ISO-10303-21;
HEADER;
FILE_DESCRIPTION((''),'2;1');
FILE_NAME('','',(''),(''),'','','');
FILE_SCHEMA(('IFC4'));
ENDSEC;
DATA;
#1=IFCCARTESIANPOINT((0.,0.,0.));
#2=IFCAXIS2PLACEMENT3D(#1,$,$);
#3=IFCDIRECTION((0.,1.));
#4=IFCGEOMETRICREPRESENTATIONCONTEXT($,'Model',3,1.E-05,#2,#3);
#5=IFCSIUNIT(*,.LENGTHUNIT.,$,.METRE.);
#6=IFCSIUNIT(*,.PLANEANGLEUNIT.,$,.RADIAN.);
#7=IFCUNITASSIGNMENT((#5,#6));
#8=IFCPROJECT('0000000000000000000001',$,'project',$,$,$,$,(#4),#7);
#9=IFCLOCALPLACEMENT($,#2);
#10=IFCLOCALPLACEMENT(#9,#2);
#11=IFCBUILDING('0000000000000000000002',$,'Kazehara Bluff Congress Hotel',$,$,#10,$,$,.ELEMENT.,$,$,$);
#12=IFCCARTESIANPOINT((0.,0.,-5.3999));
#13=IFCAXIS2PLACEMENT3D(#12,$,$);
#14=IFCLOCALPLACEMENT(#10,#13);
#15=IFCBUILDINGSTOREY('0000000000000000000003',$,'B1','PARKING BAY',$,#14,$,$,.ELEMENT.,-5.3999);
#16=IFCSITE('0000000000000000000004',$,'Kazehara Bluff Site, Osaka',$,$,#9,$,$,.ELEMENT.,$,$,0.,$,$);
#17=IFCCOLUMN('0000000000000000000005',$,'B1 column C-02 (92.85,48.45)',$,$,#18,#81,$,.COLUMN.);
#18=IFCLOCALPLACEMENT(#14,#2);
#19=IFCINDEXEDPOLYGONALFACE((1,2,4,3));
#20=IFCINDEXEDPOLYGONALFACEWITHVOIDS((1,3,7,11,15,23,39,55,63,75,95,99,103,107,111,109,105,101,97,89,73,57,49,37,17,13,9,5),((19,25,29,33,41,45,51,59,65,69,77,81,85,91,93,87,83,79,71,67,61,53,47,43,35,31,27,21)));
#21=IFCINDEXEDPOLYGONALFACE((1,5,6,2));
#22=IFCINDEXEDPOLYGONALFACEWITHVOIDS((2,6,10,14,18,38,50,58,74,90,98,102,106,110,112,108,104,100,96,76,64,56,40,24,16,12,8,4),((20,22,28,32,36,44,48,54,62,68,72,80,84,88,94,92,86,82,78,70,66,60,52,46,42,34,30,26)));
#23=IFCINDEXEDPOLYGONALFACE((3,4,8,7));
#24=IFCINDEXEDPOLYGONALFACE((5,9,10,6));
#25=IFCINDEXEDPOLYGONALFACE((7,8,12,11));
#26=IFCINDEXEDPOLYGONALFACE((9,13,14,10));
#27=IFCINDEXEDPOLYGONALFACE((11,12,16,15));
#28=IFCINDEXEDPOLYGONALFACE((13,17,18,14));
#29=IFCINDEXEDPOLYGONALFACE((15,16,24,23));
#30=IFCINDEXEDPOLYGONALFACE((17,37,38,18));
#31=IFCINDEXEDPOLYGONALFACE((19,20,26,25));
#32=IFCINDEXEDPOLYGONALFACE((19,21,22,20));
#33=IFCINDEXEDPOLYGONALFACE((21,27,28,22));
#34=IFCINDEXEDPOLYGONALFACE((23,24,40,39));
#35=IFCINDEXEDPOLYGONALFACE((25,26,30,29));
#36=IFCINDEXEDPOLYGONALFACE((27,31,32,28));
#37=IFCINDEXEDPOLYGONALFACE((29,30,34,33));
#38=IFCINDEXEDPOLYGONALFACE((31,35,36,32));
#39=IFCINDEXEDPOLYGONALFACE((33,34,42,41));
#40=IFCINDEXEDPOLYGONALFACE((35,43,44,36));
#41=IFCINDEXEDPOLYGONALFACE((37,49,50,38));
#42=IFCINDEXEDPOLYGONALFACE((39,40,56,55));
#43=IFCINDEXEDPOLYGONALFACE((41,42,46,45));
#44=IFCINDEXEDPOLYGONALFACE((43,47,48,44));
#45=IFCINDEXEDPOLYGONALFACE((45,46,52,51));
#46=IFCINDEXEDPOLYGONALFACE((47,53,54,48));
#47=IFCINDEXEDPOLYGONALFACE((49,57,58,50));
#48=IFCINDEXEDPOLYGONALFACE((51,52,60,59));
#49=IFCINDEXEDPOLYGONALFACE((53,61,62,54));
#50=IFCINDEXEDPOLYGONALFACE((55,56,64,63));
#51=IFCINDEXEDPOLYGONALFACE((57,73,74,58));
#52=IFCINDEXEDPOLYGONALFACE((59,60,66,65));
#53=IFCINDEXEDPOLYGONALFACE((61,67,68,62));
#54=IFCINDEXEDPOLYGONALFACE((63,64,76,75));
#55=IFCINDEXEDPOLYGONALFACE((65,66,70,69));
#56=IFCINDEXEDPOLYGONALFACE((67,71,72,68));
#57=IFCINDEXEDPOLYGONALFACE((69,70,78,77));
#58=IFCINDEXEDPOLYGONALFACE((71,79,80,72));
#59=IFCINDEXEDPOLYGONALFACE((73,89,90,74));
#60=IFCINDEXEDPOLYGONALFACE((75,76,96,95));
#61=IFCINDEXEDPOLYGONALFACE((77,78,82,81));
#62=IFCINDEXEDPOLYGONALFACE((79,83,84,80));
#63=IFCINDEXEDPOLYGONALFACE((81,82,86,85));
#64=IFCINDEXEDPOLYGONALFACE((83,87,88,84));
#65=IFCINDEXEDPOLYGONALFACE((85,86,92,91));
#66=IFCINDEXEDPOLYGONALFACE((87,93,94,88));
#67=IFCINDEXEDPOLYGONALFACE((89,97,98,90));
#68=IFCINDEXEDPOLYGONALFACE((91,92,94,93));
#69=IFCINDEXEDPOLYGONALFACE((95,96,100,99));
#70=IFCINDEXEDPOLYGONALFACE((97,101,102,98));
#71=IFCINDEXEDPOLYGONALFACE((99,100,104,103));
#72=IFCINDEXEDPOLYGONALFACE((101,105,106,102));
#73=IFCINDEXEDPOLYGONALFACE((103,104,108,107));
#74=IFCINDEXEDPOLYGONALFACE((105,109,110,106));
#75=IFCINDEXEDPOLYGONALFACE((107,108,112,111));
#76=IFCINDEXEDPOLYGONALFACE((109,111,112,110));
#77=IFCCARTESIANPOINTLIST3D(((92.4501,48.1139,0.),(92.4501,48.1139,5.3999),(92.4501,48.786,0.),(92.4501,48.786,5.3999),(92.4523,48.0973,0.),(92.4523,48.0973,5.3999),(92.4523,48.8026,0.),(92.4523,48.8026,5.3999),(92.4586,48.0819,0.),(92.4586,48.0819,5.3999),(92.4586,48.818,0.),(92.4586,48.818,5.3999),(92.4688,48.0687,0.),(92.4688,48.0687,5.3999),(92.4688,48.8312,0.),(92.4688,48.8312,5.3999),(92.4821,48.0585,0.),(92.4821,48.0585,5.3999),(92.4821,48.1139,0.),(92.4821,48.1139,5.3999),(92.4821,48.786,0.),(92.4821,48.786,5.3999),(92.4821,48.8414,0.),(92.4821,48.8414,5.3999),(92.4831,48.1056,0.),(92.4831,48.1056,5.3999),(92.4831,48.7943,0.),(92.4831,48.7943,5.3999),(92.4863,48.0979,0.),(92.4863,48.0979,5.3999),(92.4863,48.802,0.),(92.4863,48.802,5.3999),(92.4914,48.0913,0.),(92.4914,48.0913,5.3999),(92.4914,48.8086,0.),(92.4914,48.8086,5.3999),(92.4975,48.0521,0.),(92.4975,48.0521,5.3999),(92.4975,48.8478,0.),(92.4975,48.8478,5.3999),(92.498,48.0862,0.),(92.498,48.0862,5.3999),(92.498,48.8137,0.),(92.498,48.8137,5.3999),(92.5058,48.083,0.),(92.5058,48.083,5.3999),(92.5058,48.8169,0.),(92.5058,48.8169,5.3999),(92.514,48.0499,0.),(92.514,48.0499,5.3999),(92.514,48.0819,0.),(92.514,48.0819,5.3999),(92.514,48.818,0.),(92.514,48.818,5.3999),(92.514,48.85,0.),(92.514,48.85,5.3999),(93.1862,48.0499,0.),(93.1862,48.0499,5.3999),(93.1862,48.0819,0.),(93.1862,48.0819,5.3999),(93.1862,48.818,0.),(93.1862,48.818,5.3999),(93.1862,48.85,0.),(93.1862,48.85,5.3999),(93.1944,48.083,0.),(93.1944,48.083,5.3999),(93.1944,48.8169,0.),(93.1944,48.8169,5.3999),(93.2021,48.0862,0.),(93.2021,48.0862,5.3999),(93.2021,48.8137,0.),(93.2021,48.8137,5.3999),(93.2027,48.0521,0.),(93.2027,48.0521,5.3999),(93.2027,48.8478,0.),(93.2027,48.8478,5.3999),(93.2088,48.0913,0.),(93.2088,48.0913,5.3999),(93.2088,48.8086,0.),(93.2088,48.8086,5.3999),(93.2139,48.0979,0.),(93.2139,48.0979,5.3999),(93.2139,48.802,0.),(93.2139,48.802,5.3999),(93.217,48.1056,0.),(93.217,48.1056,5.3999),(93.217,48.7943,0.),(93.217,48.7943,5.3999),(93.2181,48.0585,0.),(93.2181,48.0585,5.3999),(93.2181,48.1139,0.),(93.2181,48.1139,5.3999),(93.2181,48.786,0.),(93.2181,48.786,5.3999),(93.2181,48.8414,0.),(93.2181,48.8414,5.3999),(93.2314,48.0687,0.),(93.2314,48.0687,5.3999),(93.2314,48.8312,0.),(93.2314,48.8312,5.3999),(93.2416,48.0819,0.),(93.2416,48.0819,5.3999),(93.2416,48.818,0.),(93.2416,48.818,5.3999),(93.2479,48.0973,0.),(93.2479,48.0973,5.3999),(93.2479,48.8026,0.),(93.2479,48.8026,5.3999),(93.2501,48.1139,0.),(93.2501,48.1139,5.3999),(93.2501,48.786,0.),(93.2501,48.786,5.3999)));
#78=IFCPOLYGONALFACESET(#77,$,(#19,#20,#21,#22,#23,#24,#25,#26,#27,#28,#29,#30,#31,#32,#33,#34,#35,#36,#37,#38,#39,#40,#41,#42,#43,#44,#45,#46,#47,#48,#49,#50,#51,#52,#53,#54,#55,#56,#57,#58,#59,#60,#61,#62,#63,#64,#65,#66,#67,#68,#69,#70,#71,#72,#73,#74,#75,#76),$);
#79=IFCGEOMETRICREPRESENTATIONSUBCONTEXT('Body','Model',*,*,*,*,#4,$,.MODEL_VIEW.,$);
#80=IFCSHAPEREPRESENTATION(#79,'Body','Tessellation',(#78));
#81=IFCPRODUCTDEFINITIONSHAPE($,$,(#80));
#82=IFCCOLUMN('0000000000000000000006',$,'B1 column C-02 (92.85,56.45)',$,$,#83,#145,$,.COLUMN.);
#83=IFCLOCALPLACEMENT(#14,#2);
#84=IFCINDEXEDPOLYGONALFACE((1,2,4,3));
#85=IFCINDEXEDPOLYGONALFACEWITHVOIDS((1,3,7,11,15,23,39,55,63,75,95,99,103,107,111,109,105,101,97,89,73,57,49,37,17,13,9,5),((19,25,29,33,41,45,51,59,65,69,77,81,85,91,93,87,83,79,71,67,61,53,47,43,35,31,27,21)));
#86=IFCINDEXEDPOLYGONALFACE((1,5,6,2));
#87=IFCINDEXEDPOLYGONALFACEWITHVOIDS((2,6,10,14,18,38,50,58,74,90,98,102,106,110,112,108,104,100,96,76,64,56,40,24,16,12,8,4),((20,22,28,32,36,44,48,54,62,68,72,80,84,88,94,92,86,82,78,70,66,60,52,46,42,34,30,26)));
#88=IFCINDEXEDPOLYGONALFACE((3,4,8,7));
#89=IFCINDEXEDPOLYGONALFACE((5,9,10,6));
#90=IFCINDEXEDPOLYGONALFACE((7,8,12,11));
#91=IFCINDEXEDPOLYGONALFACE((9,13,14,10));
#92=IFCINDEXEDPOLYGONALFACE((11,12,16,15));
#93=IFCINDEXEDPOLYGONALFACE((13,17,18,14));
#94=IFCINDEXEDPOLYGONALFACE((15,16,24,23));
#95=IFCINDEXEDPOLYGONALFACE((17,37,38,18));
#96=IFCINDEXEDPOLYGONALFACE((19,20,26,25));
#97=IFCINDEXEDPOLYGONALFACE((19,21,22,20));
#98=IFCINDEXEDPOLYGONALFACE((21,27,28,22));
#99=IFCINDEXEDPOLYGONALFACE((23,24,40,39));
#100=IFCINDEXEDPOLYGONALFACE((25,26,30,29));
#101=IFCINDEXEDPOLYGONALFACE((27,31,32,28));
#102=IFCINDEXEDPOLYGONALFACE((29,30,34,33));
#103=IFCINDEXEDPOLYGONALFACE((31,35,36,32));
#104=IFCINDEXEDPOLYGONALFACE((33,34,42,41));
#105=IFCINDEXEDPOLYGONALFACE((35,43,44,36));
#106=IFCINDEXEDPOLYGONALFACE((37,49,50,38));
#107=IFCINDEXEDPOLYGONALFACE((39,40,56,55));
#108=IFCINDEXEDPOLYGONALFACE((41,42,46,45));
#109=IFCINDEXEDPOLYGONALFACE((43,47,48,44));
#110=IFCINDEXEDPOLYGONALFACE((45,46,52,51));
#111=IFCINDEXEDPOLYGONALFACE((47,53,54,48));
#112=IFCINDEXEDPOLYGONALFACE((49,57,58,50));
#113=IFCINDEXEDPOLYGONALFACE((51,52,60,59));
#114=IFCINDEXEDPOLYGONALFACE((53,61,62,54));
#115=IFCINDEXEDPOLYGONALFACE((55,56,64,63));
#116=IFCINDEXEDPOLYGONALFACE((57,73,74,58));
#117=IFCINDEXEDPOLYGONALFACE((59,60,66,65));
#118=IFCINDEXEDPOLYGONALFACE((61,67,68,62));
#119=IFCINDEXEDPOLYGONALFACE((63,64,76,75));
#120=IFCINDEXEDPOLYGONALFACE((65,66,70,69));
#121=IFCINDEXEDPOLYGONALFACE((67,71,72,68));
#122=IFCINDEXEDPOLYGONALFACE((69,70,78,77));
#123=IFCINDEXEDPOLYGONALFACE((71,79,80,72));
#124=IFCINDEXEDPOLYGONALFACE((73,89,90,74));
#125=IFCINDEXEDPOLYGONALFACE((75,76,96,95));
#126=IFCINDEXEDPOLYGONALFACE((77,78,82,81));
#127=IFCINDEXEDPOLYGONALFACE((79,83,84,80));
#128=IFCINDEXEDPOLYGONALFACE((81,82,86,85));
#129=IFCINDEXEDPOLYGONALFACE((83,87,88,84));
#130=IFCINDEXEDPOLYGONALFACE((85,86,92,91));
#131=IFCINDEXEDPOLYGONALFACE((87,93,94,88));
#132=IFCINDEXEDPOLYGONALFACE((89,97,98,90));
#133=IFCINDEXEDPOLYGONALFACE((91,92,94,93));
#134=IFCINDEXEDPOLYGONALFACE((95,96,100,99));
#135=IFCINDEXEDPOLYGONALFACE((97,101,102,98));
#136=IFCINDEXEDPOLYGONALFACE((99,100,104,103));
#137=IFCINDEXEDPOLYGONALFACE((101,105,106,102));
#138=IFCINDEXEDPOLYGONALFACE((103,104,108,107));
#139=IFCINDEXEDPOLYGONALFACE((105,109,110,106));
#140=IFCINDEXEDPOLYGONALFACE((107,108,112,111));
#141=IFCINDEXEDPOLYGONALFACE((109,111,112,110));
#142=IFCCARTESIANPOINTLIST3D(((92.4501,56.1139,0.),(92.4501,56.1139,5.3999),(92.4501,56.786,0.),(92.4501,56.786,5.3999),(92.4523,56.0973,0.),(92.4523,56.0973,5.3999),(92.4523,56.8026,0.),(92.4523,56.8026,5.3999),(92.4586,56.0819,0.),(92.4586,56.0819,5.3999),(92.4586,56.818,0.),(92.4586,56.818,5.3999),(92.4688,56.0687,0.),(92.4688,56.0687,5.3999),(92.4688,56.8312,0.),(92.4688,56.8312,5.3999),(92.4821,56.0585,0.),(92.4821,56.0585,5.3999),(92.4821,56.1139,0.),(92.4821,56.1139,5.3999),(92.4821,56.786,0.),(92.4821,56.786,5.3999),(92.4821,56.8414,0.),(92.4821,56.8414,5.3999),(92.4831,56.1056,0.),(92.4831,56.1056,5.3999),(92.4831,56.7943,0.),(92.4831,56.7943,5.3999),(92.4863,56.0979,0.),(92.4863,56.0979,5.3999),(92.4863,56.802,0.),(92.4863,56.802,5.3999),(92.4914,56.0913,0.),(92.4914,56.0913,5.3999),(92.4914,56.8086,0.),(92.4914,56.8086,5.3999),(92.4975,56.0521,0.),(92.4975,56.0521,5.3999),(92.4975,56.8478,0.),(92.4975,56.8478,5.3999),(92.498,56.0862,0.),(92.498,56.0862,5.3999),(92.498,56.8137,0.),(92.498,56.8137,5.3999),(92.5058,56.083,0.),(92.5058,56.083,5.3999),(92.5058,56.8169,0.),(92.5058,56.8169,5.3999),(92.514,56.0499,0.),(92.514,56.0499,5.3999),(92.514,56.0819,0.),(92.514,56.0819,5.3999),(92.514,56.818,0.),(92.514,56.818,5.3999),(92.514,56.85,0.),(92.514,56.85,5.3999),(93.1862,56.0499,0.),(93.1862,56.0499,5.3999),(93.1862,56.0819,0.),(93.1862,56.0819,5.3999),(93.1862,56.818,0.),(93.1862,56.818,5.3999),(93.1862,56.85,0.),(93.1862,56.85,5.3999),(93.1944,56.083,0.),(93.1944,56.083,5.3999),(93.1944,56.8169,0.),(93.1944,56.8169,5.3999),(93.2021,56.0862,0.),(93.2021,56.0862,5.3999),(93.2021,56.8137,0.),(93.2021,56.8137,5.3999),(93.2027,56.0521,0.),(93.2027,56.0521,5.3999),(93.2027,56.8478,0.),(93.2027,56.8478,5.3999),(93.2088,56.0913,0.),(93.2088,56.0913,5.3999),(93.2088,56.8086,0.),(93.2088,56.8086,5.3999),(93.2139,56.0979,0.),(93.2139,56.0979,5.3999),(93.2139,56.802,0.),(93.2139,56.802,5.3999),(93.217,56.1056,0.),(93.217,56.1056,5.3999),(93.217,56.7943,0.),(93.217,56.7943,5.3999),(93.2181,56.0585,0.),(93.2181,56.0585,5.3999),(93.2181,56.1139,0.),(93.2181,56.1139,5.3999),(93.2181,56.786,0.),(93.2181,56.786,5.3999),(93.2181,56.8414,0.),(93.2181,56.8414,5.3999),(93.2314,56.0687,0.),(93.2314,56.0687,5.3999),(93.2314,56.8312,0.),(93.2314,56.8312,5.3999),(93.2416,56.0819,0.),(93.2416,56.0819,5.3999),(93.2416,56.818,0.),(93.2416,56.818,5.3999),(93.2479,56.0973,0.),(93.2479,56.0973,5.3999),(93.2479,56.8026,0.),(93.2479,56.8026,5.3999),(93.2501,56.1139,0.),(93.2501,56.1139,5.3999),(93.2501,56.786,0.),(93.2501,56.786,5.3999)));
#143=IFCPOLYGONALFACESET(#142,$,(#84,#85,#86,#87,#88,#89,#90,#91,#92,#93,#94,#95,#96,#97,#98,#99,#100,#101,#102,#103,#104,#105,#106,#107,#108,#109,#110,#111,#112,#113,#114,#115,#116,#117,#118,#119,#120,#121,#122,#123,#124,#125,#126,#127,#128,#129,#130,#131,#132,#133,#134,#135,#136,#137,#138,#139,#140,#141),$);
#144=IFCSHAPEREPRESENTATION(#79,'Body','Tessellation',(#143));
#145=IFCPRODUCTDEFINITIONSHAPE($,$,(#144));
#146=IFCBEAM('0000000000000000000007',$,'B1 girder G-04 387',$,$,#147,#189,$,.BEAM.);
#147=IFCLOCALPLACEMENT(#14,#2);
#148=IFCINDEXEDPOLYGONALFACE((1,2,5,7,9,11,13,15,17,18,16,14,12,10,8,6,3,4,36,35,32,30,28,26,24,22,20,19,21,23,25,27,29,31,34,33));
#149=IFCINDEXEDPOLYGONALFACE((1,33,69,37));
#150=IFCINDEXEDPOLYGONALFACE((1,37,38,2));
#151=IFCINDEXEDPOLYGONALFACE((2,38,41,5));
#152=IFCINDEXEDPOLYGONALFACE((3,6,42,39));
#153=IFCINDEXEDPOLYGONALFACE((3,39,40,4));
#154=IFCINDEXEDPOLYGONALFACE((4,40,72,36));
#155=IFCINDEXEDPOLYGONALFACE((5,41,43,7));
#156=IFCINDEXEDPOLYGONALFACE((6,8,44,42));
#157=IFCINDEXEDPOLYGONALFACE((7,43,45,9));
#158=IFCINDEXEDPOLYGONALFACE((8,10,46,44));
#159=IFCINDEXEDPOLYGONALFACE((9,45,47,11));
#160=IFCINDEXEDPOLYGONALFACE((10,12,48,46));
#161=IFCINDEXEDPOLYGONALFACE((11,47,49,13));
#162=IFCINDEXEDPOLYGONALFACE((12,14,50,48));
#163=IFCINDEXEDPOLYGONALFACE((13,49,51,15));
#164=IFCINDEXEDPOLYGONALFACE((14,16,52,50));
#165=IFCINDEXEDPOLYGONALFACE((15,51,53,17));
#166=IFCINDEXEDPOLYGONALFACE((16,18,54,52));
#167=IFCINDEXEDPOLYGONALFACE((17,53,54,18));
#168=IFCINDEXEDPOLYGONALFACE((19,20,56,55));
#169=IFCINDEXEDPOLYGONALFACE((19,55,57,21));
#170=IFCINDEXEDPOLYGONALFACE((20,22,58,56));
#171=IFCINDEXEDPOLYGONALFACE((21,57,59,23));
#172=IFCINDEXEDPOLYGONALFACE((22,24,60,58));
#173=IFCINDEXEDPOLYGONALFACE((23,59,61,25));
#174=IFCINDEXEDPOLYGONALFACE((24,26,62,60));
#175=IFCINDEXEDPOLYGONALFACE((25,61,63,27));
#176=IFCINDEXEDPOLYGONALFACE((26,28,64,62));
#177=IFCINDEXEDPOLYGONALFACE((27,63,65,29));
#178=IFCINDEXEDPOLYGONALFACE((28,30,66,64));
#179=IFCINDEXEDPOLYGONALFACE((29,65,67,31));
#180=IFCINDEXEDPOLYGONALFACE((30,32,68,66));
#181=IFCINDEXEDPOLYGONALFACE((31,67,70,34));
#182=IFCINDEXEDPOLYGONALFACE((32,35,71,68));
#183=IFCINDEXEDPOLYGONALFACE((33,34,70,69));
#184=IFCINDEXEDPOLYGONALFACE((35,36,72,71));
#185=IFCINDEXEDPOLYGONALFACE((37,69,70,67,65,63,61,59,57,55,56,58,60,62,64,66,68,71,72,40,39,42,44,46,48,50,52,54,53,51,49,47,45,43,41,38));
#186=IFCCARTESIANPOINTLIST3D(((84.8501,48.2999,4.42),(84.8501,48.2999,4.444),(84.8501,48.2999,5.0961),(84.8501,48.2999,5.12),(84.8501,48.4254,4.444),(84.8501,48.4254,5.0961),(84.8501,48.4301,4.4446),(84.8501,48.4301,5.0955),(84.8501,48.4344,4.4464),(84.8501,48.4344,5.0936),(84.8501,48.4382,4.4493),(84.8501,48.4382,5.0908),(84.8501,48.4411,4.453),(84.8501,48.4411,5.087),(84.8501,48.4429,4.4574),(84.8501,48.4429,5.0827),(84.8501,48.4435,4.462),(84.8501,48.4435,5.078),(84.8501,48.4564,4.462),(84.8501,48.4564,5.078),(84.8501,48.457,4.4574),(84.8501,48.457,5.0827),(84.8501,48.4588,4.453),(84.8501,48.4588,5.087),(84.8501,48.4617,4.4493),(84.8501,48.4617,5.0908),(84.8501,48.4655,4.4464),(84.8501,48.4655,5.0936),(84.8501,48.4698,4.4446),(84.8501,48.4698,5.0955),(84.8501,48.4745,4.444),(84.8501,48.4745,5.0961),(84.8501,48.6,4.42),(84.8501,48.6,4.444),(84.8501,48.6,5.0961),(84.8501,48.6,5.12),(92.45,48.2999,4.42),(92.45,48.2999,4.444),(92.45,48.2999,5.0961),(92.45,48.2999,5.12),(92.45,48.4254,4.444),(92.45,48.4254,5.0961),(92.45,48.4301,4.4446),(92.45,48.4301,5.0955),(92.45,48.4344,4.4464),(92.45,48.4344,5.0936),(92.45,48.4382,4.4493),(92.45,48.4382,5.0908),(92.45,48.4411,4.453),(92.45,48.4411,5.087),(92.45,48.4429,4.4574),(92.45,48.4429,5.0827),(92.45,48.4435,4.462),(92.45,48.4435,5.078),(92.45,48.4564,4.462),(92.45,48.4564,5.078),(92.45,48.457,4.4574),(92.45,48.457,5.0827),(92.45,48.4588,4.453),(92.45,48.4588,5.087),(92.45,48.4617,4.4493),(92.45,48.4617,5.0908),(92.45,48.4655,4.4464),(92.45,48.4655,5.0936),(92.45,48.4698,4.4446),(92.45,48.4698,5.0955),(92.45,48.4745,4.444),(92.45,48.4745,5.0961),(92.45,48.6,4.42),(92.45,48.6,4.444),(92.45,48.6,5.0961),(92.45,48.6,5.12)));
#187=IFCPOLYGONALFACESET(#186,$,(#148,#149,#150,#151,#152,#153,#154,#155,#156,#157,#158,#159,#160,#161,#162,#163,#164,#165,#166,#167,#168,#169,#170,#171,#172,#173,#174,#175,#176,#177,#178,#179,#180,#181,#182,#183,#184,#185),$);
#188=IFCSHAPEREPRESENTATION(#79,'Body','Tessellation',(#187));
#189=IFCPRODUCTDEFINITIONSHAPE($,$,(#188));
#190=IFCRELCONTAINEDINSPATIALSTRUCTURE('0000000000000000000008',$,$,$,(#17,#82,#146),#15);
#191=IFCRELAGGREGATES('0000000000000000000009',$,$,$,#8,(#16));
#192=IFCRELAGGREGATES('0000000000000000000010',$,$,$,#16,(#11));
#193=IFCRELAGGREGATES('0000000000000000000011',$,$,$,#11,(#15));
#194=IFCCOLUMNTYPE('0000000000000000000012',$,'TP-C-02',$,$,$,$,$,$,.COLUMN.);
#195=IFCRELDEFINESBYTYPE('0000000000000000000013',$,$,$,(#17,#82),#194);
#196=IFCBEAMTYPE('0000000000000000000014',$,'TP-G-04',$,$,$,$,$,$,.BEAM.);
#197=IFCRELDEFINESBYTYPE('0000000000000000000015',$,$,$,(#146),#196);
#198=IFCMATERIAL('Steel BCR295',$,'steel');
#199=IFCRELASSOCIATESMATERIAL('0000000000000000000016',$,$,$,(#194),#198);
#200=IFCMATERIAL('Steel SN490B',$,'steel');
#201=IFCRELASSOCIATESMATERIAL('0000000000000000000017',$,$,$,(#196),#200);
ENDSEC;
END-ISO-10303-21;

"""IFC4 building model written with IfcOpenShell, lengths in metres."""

from ifc_helpers import new_model, si_unit, direction, frame, origin, origin_2d, place, context, subcontext, project, spatial, hollow_rectangle, i_section, extrude, material, material_profile, profile_set, type_object, element, save


model = new_model("IFC4")

# Units and contexts
model_context = context("Model", 3, precision=1e-05, world=origin(), true_north=direction((0.0, 1.0)))
body_context = subcontext(model_context, "Body", "Model", "MODEL_VIEW")
ifc_project = project(units=[si_unit("LENGTHUNIT", "METRE"), si_unit("PLANEANGLEUNIT", "RADIAN")], contexts=[model_context])

# Site, building, storey
site_placement = place(None, origin())
site = spatial("IfcSite", under=ifc_project, at=site_placement, Name="Kazehara Bluff Site, Osaka", CompositionType="ELEMENT", RefElevation=0.0)
building_placement = place(site_placement, origin())
building = spatial("IfcBuilding", under=site, at=building_placement, Name="Kazehara Bluff Congress Hotel", CompositionType="ELEMENT")
storey_placement = place(building_placement, frame((0.0, 0.0, -5.3999)))
storey = spatial("IfcBuildingStorey", under=building, at=storey_placement, Name="B1", Description="PARKING BAY", CompositionType="ELEMENT", Elevation=-5.3999)

# Columns
ifc_material_1 = material(Name="Steel BCR295", Category="steel")
ifc_material_profile_1 = material_profile(ifc_material_1, hollow_rectangle(XDim=0.8, YDim=0.8, WallThickness=0.032, InnerFilletRadius=0.032, OuterFilletRadius=0.064, at=origin_2d()))
ifc_profile_set_1 = profile_set([ifc_material_profile_1], Name="Steel BCR295")
column_type = type_object("IfcColumnType", Name="TP-C-02", PredefinedType="COLUMN", material=ifc_profile_set_1)
for number, where, z_axis, x_axis, name in (
    (1, (92.8501, 48.45, 0.0), (0.0, 0.0, 1.0), (1.0, 0.0, 0.0), "B1 column C-02 (92.85,48.45)"),
    (2, (92.8501, 56.45, 0.0), (0.0, 0.0, 1.0), (1.0, 0.0, 0.0), "B1 column C-02 (92.85,56.45)"),
):
    element("IfcColumn", number, at=place(storey_placement, frame(where, z_axis=z_axis, x_axis=x_axis)), inside=storey, type_object=column_type, Name=name, PredefinedType="COLUMN", context=body_context, shape_type="SweptSolid", body=[
        extrude(hollow_rectangle(XDim=0.8, YDim=0.8, WallThickness=0.032, InnerFilletRadius=0.032, OuterFilletRadius=0.064, at=origin_2d()), origin(), (0.0, 0.0, 1.0), 5.3999),
    ])

# Beam
ifc_material_2 = material(Name="Steel SN490B", Category="steel")
ifc_material_profile_2 = material_profile(ifc_material_2, i_section(OverallWidth=0.3, OverallDepth=0.7, WebThickness=0.0129, FlangeThickness=0.0239, FilletRadius=0.0181, at=origin_2d()))
ifc_profile_set_2 = profile_set([ifc_material_profile_2], Name="Steel SN490B")
beam_type_1 = type_object("IfcBeamType", Name="TP-G-04", PredefinedType="BEAM", material=ifc_profile_set_2)
beam_1_placement = place(storey_placement, frame((84.8501, 48.45, 4.77), z_axis=(1.0, 0.0, 0.0), x_axis=(0.0, 1.0, 0.0)))
element("IfcBeam", 3, at=beam_1_placement, inside=storey, type_object=beam_type_1, Name="B1 girder G-04 387", PredefinedType="BEAM", context=body_context, shape_type="SweptSolid", body=[
    extrude(i_section(OverallWidth=0.3, OverallDepth=0.7, WebThickness=0.0129, FlangeThickness=0.0239, FilletRadius=0.0181, at=origin_2d()), origin(), (0.0, 0.0, 1.0), 7.5999),
])

save(model, "model.ifc")
